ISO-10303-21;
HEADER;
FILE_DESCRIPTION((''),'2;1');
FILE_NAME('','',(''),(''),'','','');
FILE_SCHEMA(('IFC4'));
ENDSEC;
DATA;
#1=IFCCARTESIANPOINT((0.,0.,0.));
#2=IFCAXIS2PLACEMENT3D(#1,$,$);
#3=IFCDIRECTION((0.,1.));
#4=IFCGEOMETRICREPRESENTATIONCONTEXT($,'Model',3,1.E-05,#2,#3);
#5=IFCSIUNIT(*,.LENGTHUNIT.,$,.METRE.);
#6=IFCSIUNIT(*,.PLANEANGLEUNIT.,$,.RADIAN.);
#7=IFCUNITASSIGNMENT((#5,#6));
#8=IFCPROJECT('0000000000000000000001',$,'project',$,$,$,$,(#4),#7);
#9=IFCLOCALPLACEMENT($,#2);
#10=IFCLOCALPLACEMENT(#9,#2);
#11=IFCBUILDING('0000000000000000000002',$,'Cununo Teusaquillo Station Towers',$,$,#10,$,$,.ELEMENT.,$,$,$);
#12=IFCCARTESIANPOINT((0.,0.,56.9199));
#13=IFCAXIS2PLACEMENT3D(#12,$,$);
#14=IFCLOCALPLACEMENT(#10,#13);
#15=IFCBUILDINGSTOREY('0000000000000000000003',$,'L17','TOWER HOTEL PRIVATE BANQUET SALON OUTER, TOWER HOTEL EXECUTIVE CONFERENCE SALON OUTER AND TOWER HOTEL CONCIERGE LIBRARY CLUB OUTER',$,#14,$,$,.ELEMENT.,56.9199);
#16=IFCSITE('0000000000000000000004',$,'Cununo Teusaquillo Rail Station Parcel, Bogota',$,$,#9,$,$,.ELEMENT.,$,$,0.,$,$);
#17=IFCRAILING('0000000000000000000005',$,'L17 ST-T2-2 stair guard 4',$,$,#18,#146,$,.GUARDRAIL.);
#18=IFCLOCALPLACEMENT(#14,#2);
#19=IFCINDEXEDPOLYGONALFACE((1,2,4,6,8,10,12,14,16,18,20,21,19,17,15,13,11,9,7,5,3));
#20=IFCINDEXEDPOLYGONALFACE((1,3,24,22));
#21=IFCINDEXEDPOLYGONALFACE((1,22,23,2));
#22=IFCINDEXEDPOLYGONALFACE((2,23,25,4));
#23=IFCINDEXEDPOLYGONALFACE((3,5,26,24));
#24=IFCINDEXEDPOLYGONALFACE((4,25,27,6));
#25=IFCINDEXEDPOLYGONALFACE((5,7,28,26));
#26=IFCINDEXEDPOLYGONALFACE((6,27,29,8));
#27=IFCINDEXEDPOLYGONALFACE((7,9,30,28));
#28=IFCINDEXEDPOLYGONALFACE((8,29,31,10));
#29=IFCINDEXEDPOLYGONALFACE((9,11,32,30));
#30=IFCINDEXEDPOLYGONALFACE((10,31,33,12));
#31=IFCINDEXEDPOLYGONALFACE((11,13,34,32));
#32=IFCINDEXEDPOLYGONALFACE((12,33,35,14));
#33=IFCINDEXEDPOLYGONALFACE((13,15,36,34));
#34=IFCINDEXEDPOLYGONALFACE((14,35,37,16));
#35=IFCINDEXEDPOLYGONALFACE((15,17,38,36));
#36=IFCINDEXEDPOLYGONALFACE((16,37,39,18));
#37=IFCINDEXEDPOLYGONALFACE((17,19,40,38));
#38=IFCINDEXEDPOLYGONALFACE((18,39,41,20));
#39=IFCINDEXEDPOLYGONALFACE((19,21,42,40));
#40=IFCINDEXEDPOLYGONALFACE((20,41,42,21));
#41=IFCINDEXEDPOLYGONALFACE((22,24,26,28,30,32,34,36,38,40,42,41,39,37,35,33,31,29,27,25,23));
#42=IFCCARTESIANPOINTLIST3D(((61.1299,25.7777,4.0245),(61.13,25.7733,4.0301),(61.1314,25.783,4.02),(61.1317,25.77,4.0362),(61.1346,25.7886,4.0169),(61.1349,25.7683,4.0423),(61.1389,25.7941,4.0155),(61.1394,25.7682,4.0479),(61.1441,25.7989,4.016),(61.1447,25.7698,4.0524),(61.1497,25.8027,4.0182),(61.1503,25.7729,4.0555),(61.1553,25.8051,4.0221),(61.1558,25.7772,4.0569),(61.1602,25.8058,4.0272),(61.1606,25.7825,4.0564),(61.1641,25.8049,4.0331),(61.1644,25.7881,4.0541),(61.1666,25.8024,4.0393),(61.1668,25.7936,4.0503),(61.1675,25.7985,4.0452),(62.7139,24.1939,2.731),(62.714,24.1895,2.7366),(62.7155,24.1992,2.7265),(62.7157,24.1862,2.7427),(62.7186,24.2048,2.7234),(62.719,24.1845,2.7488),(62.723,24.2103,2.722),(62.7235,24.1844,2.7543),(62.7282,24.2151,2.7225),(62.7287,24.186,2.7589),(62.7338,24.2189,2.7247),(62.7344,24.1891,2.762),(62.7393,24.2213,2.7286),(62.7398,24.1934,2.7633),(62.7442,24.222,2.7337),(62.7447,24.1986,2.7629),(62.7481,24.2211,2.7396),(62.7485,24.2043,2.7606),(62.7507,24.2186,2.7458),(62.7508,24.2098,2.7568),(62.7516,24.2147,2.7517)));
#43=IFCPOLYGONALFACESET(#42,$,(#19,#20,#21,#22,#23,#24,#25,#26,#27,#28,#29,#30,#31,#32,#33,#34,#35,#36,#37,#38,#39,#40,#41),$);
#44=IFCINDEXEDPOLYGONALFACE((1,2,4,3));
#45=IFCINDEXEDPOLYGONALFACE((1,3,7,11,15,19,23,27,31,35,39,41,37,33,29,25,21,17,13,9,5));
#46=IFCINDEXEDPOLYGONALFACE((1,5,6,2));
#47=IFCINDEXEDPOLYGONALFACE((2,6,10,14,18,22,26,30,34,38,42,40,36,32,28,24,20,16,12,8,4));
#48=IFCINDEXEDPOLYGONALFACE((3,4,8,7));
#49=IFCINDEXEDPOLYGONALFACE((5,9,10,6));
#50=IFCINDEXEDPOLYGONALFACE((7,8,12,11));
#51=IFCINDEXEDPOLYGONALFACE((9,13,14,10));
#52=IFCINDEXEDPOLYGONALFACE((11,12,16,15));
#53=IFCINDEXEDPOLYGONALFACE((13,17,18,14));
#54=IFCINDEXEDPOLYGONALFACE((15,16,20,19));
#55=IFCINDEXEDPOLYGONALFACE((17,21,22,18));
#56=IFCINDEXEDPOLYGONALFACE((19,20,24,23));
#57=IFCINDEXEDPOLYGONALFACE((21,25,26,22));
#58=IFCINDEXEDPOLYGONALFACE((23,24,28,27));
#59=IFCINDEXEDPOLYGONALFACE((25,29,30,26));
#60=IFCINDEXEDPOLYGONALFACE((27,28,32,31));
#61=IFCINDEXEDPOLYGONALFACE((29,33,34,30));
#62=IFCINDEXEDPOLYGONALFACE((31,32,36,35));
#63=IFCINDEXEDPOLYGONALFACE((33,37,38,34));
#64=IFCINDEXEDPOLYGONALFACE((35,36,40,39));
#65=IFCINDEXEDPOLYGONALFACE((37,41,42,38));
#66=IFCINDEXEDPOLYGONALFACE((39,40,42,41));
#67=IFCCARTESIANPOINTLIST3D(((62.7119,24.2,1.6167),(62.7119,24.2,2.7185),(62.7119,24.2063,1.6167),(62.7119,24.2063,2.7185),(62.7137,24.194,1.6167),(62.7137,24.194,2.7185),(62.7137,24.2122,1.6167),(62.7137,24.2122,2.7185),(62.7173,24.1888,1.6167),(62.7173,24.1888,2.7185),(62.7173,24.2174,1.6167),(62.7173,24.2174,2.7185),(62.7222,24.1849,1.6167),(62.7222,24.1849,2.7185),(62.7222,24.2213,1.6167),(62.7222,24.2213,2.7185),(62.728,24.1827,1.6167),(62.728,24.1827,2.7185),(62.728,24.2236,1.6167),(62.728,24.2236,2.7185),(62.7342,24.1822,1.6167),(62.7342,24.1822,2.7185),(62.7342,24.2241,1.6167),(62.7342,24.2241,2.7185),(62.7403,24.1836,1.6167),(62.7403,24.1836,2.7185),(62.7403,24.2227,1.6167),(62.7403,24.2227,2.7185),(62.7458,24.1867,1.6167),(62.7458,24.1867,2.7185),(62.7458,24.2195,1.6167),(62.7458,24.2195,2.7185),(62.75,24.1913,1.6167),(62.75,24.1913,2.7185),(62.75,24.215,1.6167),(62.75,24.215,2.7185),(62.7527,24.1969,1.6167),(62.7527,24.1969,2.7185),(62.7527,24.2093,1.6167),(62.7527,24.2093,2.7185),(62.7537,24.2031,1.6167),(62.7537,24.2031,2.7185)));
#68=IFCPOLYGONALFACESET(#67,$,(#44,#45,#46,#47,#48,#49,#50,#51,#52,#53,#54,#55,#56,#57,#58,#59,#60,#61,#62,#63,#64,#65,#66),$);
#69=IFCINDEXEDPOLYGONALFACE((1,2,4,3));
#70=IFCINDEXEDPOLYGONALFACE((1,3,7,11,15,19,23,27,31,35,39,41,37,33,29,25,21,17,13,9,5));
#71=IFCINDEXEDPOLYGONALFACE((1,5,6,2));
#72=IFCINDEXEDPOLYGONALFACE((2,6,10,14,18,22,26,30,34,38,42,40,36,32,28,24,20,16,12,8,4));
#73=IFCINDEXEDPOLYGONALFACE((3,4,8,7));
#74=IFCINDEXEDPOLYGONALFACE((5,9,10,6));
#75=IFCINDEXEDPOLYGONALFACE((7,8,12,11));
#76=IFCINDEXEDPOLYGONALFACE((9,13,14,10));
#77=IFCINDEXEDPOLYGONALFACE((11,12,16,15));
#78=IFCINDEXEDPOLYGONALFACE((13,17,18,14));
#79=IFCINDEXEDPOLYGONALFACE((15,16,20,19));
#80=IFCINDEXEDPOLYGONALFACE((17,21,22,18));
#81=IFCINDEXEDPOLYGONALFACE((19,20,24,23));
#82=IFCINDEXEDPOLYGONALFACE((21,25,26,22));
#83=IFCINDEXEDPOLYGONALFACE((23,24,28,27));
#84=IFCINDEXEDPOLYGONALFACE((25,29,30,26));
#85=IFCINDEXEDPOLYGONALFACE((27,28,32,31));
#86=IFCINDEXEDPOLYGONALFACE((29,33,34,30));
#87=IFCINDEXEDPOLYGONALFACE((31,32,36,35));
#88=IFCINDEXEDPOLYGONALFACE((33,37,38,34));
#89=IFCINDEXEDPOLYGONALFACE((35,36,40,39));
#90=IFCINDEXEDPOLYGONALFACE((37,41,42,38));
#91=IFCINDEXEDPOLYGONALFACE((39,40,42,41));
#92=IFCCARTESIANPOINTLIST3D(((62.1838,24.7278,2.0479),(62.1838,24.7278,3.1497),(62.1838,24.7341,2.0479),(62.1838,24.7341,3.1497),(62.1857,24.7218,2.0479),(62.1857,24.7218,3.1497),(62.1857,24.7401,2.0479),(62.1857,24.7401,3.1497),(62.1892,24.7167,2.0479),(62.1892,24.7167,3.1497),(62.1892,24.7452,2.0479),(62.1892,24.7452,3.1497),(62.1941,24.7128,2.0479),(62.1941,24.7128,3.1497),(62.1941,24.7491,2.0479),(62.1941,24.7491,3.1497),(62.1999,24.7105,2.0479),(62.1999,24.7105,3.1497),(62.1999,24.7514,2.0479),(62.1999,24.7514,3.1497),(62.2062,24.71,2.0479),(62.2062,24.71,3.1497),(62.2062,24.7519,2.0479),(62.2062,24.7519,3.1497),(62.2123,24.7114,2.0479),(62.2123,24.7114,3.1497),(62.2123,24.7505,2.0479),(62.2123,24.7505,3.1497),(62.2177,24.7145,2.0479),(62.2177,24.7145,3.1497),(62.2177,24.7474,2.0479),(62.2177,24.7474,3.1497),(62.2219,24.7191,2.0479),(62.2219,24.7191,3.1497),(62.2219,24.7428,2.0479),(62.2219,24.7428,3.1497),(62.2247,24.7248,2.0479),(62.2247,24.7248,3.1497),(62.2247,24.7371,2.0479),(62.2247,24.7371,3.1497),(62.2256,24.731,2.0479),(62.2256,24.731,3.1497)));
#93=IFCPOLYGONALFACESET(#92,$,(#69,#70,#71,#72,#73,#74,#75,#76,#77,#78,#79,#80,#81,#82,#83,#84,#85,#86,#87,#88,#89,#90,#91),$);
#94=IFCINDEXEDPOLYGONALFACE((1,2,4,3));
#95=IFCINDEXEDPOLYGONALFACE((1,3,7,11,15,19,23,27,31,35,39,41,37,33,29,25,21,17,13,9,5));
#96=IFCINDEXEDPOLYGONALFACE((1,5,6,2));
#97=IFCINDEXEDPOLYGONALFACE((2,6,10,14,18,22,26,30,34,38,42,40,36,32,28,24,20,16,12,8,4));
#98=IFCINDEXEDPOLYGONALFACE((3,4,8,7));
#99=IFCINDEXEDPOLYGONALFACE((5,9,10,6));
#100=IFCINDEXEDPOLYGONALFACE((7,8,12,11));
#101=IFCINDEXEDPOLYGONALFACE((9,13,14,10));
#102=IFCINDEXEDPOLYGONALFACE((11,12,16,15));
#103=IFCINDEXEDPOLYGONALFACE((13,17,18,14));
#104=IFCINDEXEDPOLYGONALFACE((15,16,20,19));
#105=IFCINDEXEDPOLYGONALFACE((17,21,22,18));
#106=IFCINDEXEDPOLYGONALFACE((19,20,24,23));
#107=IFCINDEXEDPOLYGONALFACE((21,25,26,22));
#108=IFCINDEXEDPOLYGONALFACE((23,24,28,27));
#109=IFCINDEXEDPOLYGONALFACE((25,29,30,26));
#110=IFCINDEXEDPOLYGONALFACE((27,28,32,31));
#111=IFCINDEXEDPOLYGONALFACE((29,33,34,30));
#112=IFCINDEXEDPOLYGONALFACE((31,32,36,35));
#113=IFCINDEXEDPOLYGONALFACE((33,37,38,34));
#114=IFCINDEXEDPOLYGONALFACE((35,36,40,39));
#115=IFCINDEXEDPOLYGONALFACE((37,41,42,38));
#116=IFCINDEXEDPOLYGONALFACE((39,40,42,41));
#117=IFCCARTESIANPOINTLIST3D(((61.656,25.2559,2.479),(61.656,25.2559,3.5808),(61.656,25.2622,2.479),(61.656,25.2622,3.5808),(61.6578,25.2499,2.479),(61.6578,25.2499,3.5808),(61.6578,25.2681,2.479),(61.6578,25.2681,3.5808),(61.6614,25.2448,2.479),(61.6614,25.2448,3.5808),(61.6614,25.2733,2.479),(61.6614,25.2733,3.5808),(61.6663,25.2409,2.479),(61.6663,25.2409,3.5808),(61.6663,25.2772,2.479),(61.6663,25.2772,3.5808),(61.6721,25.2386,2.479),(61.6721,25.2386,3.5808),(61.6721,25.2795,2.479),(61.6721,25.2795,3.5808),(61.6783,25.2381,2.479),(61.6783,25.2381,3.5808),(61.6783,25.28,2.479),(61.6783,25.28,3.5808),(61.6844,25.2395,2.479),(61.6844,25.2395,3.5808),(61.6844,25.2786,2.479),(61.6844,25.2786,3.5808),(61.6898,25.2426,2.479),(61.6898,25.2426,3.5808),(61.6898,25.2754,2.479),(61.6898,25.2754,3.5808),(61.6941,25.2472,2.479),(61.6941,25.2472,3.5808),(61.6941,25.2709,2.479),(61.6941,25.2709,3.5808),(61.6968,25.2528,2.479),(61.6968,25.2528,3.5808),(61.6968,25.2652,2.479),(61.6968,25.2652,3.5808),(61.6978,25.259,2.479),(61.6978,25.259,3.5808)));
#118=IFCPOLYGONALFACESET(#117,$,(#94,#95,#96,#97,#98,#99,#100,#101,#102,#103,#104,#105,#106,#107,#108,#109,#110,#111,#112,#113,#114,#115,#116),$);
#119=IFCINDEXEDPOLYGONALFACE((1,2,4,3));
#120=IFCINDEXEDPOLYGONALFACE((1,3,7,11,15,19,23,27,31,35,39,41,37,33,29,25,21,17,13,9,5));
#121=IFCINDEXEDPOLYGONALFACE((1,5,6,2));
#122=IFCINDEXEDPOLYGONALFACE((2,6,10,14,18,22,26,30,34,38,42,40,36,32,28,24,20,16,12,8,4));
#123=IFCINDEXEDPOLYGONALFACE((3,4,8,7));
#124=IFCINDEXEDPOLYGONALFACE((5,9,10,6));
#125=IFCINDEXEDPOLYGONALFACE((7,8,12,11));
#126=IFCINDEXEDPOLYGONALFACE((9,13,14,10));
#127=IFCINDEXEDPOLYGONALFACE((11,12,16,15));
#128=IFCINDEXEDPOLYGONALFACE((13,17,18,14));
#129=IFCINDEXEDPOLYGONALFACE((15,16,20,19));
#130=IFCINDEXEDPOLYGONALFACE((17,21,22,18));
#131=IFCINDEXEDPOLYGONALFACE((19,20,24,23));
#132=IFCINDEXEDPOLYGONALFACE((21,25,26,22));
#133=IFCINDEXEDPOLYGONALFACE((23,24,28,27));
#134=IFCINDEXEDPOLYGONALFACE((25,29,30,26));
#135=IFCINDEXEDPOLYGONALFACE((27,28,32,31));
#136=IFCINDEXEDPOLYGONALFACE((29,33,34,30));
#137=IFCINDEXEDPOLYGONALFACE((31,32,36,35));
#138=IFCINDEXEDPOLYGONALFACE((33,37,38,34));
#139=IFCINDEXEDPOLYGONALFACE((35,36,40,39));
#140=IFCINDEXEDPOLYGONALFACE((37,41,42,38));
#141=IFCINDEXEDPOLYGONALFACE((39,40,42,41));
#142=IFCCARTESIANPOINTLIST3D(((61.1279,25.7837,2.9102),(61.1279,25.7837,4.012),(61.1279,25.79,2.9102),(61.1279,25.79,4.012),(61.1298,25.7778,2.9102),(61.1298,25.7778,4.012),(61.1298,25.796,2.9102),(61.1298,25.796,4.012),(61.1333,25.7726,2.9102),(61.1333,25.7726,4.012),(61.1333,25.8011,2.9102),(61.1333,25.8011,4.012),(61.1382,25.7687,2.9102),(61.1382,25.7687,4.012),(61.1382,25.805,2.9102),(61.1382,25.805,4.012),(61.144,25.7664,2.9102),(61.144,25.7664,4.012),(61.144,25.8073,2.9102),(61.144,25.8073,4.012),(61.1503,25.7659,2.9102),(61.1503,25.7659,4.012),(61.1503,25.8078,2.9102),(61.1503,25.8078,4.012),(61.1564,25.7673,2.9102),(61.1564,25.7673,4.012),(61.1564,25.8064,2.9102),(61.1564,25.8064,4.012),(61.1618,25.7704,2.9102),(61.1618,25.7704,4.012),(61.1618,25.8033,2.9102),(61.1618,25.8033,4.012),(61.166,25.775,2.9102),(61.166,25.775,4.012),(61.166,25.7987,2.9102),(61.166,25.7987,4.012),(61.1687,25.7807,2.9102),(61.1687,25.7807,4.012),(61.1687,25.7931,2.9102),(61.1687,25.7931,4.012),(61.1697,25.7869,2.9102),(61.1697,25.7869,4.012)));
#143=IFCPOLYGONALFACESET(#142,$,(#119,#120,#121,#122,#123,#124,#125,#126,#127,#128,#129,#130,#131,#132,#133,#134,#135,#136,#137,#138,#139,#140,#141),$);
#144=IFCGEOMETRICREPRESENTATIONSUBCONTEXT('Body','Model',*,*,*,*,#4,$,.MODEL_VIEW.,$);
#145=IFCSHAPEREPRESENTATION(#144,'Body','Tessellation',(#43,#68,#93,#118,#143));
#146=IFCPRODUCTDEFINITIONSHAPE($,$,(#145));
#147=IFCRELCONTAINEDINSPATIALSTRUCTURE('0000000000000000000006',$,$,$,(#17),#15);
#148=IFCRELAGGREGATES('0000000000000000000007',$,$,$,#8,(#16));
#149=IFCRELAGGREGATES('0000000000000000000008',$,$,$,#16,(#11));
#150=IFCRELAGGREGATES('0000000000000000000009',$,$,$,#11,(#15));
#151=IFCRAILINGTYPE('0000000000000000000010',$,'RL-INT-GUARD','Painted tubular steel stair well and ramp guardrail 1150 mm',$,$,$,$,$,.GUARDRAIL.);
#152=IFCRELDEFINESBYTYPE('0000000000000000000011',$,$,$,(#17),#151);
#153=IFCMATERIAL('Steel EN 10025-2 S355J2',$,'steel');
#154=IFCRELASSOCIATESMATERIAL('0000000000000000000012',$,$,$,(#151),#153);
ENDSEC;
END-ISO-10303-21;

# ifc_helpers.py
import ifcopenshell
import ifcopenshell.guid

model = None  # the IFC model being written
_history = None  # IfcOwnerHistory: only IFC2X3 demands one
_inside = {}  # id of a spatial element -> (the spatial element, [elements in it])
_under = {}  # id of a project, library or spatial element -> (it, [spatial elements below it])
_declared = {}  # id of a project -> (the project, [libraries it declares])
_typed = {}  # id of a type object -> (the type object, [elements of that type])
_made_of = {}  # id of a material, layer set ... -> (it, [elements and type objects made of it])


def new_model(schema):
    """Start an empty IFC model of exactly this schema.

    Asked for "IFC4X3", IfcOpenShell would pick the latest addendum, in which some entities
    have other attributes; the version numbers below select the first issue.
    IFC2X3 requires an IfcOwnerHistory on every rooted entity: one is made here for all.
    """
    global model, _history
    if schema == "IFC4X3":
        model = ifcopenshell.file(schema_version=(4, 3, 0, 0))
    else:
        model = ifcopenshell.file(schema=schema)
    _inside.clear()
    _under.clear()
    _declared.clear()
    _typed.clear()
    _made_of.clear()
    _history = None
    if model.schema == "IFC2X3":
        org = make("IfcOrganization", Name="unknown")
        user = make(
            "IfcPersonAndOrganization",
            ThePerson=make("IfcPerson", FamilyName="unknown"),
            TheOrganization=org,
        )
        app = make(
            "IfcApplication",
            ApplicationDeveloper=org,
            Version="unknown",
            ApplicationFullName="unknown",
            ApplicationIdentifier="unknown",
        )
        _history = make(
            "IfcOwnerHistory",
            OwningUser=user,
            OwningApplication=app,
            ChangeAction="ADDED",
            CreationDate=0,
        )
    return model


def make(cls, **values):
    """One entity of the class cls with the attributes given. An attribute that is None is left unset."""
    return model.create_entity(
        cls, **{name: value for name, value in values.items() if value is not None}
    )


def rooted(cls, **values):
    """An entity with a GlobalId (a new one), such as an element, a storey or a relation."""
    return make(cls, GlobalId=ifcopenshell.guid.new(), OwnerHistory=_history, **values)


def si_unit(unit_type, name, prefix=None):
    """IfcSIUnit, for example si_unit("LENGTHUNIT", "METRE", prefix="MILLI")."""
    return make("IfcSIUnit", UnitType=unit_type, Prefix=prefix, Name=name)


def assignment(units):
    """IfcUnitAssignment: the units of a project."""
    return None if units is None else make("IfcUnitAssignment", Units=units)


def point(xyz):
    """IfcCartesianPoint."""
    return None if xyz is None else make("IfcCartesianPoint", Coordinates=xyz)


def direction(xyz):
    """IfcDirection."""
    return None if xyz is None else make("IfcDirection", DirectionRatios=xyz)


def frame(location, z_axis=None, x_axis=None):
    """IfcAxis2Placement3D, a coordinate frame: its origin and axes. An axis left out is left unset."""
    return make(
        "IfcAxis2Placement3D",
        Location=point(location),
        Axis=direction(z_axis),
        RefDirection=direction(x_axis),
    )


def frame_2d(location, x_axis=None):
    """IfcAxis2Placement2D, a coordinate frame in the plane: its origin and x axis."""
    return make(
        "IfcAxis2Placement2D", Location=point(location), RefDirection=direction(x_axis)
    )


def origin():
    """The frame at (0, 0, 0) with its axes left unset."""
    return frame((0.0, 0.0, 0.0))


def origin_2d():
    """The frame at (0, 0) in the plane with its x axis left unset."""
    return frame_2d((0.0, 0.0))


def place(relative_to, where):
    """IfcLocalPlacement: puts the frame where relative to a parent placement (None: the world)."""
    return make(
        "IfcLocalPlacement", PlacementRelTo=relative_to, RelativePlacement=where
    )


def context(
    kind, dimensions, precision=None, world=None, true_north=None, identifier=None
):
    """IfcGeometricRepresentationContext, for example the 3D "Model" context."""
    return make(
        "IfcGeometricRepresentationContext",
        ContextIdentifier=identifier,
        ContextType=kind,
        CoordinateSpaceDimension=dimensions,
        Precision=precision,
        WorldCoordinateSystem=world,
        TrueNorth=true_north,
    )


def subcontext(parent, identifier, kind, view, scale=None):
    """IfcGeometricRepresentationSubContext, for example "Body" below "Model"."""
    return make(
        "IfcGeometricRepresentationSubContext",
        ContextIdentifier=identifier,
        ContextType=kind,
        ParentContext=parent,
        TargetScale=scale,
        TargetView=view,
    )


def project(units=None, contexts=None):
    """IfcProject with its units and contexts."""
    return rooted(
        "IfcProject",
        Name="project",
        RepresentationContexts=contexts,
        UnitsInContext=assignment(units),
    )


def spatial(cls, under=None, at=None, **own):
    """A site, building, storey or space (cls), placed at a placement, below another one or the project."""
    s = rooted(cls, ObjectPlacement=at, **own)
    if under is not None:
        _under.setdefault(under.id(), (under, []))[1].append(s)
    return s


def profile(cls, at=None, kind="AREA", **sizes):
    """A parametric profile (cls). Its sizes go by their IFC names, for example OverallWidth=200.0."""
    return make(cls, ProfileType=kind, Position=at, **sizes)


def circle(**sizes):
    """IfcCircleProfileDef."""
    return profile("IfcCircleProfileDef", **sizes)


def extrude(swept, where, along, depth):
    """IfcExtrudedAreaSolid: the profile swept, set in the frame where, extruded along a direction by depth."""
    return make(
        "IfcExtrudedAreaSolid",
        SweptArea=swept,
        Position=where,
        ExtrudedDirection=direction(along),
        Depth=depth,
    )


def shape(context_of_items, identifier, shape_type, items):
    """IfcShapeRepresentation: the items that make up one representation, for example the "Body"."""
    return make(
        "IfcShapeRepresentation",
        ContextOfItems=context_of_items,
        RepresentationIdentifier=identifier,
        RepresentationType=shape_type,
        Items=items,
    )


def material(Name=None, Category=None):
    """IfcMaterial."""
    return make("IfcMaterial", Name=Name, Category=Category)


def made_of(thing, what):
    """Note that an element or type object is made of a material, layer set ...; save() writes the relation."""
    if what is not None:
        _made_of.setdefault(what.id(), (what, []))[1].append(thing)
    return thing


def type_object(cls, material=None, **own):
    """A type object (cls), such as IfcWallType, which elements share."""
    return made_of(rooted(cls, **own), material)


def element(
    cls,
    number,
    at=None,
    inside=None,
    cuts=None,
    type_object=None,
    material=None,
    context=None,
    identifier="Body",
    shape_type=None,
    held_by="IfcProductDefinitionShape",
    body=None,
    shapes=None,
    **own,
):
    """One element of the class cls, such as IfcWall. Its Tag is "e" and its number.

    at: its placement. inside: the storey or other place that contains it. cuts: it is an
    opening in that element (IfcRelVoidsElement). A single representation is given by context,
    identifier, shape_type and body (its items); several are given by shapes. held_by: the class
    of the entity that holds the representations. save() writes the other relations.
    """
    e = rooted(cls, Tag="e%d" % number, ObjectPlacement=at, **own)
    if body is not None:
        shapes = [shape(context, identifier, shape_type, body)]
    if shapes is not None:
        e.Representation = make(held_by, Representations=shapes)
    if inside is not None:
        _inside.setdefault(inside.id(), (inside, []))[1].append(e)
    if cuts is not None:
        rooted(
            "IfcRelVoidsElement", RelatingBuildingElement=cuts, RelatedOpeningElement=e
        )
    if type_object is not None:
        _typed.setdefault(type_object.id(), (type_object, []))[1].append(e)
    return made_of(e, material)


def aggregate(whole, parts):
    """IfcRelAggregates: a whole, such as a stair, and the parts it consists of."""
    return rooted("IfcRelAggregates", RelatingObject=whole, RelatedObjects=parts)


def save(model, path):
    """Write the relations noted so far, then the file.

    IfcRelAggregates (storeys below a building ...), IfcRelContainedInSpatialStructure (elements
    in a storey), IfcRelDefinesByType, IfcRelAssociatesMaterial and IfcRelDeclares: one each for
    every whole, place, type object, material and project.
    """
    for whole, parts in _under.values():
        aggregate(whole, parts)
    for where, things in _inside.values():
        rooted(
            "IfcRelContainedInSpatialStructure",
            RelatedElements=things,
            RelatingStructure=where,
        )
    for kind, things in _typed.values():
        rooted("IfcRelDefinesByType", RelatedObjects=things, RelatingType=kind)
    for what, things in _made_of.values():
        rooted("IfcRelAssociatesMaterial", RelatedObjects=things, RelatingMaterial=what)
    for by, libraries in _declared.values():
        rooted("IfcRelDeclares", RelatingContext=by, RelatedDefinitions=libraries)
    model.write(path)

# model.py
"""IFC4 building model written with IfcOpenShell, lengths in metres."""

from ifc_helpers import new_model, si_unit, direction, frame, origin, origin_2d, place, context, subcontext, project, spatial, circle, extrude, material, type_object, element, save


model = new_model("IFC4")

# Units and contexts
model_context = context("Model", 3, precision=1e-05, world=origin(), true_north=direction((0.0, 1.0)))
body_context = subcontext(model_context, "Body", "Model", "MODEL_VIEW")
ifc_project = project(units=[si_unit("LENGTHUNIT", "METRE"), si_unit("PLANEANGLEUNIT", "RADIAN")], contexts=[model_context])

# Site, building, storey
site_placement = place(None, origin())
site = spatial("IfcSite", under=ifc_project, at=site_placement, Name="Cununo Teusaquillo Rail Station Parcel, Bogota", CompositionType="ELEMENT", RefElevation=0.0)
building_placement = place(site_placement, origin())
building = spatial("IfcBuilding", under=site, at=building_placement, Name="Cununo Teusaquillo Station Towers", CompositionType="ELEMENT")
storey_placement = place(building_placement, frame((0.0, 0.0, 56.9199)))
storey = spatial("IfcBuildingStorey", under=building, at=storey_placement, Name="L17", Description="TOWER HOTEL PRIVATE BANQUET SALON OUTER, TOWER HOTEL EXECUTIVE CONFERENCE SALON OUTER AND TOWER HOTEL CONCIERGE LIBRARY CLUB OUTER", CompositionType="ELEMENT", Elevation=56.9199)

# Railing
ifc_material_1 = material(Name="Steel EN 10025-2 S355J2", Category="steel")
railing_type_1 = type_object("IfcRailingType", Name="RL-INT-GUARD", Description="Painted tubular steel stair well and ramp guardrail 1150 mm", PredefinedType="GUARDRAIL", material=ifc_material_1)
railing_1_placement = place(storey_placement, frame((62.7327, 24.2031, 1.6167)))
element("IfcRailing", 1, at=railing_1_placement, inside=storey, type_object=railing_type_1, Name="L17 ST-T2-2 stair guard 4", PredefinedType="GUARDRAIL", context=body_context, shape_type="SweptSolid", body=[
    extrude(circle(Radius=0.0239, at=origin_2d()), frame((0.0, 0.0, 1.126), z_axis=(-0.612391, 0.612297, 0.500069), x_axis=(-0.707052, -0.707161, 0.0)), (0.0, 0.0, 1.0), 2.5867),
    extrude(circle(Radius=0.021, at=origin_2d()), origin(), (0.0, 0.0, 1.0), 1.1018),
    extrude(circle(Radius=0.021, at=origin_2d()), frame((-0.5281, 0.5278, 0.4312)), (0.0, 0.0, 1.0), 1.1018),
    extrude(circle(Radius=0.021, at=origin_2d()), frame((-1.0559, 1.0559, 0.8623)), (0.0, 0.0, 1.0), 1.1018),
    extrude(circle(Radius=0.021, at=origin_2d()), frame((-1.584, 1.5837, 1.2935)), (0.0, 0.0, 1.0), 1.1018),
])

save(model, "model.ifc")
